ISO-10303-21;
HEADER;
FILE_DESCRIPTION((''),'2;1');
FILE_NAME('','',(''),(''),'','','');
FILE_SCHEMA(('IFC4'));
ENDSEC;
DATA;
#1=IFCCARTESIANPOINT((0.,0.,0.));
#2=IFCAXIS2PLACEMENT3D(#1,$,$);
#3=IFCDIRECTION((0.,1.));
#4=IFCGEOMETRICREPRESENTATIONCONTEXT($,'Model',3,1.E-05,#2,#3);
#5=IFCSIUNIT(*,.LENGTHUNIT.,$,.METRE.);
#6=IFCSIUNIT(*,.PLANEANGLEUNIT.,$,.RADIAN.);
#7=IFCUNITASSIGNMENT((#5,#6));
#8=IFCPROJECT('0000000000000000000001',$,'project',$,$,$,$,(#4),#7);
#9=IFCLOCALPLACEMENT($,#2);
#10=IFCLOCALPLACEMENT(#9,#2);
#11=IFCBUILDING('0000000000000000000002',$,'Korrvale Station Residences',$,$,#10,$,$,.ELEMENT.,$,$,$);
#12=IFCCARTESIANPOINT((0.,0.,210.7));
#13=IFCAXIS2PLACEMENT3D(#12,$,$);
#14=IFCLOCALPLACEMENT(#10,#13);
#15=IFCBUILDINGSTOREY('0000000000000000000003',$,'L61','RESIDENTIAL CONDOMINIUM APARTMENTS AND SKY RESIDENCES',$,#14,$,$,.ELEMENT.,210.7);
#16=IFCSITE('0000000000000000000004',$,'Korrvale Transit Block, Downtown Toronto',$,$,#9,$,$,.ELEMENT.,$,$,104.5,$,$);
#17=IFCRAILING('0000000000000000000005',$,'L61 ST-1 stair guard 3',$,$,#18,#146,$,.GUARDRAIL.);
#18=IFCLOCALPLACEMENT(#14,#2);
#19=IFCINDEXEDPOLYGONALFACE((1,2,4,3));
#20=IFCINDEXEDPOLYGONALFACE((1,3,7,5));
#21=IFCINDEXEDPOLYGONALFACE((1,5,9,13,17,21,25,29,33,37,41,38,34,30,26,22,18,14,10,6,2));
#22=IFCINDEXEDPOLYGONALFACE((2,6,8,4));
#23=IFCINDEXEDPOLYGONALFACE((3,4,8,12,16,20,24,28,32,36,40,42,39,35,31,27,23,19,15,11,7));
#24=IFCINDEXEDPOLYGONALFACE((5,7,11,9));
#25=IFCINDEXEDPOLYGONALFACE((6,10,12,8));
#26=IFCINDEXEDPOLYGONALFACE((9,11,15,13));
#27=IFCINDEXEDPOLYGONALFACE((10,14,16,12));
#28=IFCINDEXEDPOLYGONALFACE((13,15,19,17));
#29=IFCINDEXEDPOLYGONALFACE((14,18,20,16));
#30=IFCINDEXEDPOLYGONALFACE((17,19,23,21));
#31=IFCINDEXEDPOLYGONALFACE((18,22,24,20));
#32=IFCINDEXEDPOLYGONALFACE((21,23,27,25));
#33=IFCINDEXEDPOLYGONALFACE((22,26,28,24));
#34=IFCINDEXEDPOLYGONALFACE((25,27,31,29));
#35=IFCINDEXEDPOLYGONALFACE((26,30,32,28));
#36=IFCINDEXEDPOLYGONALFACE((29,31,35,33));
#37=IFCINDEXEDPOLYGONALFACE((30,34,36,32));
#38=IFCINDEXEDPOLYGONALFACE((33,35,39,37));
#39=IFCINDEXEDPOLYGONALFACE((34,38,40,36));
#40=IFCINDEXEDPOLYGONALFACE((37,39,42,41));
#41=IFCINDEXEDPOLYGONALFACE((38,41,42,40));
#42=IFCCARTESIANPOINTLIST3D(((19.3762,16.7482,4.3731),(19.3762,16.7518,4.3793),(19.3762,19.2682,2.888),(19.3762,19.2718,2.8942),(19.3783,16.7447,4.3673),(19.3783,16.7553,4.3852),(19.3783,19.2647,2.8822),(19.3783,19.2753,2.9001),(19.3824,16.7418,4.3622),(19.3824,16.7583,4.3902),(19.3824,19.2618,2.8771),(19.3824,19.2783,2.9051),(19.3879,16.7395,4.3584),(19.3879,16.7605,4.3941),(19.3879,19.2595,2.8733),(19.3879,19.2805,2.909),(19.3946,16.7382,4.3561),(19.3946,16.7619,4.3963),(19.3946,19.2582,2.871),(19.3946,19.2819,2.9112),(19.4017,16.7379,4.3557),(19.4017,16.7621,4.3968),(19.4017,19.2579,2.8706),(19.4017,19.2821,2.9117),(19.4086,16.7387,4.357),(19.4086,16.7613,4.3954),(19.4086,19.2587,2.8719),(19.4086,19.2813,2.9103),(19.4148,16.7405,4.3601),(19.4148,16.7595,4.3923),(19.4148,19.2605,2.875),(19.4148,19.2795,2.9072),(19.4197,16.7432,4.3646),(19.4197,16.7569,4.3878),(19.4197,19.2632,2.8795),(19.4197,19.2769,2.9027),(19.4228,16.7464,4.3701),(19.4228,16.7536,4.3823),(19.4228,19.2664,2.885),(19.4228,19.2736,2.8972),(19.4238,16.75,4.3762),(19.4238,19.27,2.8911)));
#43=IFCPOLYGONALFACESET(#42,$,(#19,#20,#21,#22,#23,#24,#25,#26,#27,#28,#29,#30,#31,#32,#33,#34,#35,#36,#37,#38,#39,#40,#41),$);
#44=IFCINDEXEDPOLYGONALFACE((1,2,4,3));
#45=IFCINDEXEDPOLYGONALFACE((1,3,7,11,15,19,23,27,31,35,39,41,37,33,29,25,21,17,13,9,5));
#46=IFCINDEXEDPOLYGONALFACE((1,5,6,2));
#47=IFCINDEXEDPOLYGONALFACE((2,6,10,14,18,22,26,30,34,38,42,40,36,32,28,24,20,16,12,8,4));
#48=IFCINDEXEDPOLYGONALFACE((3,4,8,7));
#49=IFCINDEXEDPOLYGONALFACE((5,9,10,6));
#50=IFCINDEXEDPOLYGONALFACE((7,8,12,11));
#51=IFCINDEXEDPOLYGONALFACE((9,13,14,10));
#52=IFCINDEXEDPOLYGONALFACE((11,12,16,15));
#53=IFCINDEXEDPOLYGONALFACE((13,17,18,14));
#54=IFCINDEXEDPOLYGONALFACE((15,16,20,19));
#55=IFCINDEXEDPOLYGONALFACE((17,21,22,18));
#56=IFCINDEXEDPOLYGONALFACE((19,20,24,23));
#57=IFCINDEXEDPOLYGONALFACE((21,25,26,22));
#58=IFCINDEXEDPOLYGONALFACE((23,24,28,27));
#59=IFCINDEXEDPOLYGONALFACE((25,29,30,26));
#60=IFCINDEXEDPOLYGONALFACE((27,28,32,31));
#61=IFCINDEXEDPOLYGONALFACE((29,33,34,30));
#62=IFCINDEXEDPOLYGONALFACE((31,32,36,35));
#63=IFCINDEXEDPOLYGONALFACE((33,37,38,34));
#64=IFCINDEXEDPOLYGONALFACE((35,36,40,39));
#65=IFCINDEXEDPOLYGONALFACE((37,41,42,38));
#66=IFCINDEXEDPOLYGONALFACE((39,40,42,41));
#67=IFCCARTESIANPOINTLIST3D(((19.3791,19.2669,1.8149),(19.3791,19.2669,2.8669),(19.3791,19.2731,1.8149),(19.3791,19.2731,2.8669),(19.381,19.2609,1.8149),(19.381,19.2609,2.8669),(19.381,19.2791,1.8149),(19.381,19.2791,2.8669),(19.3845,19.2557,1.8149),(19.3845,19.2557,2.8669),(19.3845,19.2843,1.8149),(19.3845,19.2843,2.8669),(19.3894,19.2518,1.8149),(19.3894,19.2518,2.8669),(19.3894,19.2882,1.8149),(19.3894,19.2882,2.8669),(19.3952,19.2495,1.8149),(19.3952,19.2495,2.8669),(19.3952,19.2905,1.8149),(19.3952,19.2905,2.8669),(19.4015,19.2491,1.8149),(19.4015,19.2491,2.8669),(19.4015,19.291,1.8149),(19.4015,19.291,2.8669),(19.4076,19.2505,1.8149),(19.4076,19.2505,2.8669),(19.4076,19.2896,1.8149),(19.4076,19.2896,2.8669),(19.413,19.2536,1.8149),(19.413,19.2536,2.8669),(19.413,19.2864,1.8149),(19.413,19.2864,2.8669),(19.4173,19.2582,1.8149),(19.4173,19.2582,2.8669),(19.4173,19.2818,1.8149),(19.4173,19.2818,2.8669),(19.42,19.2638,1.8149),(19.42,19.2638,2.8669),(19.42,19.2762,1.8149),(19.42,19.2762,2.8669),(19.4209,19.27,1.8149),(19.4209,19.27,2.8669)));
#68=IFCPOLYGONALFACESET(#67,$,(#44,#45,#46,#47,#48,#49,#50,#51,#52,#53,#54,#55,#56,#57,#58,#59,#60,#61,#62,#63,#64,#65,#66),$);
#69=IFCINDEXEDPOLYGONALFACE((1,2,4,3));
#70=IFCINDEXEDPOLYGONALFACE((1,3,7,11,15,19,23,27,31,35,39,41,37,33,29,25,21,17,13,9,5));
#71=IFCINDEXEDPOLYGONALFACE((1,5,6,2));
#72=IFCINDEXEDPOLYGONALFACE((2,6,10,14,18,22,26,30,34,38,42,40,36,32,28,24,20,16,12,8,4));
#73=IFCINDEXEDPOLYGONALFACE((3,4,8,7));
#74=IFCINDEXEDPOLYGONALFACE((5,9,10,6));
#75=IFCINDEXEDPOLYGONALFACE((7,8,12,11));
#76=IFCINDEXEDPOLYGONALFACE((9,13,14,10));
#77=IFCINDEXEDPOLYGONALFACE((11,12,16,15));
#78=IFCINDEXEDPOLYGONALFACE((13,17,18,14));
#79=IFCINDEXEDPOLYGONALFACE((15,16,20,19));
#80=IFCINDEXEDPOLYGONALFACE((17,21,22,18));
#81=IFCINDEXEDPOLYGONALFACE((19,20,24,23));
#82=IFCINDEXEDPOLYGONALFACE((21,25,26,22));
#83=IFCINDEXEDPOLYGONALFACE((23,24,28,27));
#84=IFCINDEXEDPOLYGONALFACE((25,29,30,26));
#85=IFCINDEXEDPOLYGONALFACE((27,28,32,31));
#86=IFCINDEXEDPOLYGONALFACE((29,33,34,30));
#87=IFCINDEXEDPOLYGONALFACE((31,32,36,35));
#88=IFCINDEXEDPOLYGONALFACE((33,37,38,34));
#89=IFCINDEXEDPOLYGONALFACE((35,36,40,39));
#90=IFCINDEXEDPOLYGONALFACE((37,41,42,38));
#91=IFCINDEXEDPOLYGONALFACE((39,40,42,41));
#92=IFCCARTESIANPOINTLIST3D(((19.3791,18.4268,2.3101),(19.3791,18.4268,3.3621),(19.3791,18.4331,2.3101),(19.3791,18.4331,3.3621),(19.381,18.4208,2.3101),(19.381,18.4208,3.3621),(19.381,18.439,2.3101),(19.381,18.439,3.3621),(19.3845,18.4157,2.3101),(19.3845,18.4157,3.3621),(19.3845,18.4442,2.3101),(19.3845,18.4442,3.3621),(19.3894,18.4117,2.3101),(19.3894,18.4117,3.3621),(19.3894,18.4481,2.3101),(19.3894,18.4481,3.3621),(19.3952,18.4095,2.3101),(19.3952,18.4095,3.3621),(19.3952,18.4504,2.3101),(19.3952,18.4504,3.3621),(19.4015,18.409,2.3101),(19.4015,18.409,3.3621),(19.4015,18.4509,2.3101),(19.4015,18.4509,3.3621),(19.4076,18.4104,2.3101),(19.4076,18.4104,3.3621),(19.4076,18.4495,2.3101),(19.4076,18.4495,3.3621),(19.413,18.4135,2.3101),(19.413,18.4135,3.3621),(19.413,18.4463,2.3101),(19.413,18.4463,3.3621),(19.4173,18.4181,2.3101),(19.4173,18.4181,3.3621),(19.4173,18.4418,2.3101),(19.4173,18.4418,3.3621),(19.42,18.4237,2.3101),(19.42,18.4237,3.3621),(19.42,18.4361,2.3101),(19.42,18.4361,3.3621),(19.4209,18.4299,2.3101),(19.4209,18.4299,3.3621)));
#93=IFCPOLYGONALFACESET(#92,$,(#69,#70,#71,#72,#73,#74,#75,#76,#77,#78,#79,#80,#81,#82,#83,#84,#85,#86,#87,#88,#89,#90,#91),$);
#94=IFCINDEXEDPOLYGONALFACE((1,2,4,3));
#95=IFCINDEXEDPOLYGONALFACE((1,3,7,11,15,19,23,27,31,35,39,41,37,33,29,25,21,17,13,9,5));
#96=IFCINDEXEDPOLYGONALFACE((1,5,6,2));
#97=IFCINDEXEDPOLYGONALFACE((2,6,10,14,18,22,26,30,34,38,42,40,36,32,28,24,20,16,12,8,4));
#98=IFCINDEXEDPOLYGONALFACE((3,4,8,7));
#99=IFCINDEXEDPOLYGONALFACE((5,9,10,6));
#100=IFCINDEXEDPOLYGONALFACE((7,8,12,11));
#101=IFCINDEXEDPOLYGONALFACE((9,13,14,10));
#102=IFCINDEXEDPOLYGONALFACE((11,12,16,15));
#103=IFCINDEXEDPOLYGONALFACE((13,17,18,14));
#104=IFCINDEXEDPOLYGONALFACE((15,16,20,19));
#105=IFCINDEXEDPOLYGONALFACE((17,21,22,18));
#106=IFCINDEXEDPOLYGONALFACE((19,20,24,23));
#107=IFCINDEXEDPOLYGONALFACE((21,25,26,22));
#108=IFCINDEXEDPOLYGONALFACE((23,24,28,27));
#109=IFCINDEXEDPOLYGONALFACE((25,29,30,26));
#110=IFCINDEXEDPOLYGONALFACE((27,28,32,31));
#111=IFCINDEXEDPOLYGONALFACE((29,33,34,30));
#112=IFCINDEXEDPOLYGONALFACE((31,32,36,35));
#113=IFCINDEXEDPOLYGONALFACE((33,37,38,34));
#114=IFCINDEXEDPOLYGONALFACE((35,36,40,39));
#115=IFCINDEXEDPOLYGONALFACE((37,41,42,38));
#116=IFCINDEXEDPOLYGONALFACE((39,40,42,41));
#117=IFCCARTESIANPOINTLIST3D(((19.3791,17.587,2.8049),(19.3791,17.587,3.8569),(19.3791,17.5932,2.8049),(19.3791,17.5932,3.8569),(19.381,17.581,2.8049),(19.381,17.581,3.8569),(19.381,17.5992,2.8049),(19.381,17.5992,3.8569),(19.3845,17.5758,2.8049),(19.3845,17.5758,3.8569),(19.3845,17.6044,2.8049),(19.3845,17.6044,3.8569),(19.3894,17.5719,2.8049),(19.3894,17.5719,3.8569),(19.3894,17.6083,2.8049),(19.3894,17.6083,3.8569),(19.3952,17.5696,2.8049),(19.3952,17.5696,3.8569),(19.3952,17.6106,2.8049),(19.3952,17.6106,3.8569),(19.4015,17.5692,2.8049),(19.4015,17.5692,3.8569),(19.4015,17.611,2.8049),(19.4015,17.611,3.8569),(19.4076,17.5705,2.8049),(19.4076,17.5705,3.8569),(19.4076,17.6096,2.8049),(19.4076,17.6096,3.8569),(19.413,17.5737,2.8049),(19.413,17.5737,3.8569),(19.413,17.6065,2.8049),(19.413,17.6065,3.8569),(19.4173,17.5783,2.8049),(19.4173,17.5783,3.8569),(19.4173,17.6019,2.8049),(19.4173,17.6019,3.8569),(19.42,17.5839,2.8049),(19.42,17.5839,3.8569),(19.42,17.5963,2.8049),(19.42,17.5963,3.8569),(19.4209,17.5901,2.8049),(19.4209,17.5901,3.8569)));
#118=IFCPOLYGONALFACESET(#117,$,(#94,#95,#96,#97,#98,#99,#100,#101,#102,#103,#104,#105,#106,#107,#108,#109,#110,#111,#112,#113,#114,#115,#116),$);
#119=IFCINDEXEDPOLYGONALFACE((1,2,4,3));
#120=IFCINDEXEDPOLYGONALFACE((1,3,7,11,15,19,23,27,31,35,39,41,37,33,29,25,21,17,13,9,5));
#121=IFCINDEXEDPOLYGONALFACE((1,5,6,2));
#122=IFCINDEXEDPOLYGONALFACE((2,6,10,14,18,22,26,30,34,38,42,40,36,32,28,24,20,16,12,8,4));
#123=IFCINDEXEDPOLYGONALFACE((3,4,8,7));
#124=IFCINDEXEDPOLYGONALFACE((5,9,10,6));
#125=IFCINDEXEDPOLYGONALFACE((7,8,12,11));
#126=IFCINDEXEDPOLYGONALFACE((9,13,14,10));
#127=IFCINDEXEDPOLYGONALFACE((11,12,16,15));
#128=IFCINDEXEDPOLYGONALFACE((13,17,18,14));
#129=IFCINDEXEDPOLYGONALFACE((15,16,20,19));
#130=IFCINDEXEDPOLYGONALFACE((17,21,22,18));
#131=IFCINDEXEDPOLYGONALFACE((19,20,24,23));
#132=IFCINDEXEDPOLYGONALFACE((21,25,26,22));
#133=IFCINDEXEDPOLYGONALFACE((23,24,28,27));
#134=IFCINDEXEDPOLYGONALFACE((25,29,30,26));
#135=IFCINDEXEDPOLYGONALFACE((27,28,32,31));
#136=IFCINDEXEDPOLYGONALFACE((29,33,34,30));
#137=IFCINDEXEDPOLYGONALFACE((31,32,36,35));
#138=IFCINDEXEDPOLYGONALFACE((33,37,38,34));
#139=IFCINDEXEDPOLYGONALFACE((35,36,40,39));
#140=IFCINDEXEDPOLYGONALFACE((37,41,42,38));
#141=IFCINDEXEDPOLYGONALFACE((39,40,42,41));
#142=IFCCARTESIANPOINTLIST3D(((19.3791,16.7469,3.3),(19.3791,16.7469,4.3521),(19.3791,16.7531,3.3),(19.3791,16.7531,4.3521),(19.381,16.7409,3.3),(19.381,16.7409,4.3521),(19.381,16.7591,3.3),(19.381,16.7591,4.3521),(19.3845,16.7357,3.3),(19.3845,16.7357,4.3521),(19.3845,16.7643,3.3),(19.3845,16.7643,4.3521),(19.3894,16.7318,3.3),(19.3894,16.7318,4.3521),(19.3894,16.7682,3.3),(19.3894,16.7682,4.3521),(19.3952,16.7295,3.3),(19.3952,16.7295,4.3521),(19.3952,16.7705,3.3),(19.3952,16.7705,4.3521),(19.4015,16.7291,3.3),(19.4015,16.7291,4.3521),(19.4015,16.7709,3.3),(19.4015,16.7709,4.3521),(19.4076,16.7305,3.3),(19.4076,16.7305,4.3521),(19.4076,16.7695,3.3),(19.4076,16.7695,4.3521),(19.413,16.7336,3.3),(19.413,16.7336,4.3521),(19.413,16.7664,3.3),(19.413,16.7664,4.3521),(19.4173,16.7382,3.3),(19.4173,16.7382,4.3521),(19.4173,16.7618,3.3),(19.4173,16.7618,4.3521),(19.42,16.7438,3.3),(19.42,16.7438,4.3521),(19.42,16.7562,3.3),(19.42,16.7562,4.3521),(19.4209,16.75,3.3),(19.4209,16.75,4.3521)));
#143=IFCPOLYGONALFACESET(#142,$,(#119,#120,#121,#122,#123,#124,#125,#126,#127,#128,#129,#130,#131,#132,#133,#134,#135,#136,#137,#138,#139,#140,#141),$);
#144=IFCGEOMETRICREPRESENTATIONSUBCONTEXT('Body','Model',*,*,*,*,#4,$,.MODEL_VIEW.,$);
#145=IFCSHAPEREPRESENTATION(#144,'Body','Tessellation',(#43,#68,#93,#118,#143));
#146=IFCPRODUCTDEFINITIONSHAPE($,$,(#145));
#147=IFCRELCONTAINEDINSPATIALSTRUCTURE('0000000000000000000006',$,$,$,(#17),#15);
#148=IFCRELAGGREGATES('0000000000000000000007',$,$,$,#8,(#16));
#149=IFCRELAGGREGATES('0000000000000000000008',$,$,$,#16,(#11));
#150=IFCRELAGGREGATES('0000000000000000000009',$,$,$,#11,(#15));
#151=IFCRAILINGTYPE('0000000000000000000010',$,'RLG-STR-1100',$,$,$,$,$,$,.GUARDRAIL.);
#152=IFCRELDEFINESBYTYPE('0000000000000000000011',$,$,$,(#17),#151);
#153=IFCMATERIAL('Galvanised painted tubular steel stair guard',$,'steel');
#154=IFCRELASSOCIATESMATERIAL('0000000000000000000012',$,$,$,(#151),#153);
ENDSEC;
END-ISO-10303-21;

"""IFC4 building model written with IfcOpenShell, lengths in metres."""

from ifc_helpers import new_model, si_unit, direction, frame, origin, origin_2d, place, context, subcontext, project, spatial, circle, extrude, material, type_object, element, save


model = new_model("IFC4")

# Units and contexts
model_context = context("Model", 3, precision=1e-05, world=origin(), true_north=direction((0.0, 1.0)))
body_context = subcontext(model_context, "Body", "Model", "MODEL_VIEW")
ifc_project = project(units=[si_unit("LENGTHUNIT", "METRE"), si_unit("PLANEANGLEUNIT", "RADIAN")], contexts=[model_context])

# Site, building, storey
site_placement = place(None, origin())
site = spatial("IfcSite", under=ifc_project, at=site_placement, Name="Korrvale Transit Block, Downtown Toronto", CompositionType="ELEMENT", RefElevation=104.5)
building_placement = place(site_placement, origin())
building = spatial("IfcBuilding", under=site, at=building_placement, Name="Korrvale Station Residences", CompositionType="ELEMENT")
storey_placement = place(building_placement, frame((0.0, 0.0, 210.7)))
storey = spatial("IfcBuildingStorey", under=building, at=storey_placement, Name="L61", Description="RESIDENTIAL CONDOMINIUM APARTMENTS AND SKY RESIDENCES", CompositionType="ELEMENT", Elevation=210.7)

# Railing
ifc_material_1 = material(Name="Galvanised painted tubular steel stair guard", Category="steel")
railing_type_1 = type_object("IfcRailingType", Name="RLG-STR-1100", PredefinedType="GUARDRAIL", material=ifc_material_1)
railing_1_placement = place(storey_placement, frame((19.3999, 19.27, 1.8149)))
element("IfcRailing", 1, at=railing_1_placement, inside=storey, type_object=railing_type_1, Name="L61 ST-1 stair guard 3", PredefinedType="GUARDRAIL", context=body_context, shape_type="SweptSolid", body=[
    extrude(circle(Radius=0.0239, at=origin_2d()), frame((0.0, 0.0, 1.0762), z_axis=(0.0, -0.861524, 0.507717), x_axis=(1.0, 0.0, 0.0)), (0.0, 0.0, 1.0), 2.925),
    extrude(circle(Radius=0.021, at=origin_2d()), origin(), (0.0, 0.0, 1.0), 1.052),
    extrude(circle(Radius=0.021, at=origin_2d()), frame((0.0, -0.8401, 0.4951)), (0.0, 0.0, 1.0), 1.052),
    extrude(circle(Radius=0.021, at=origin_2d()), frame((0.0, -1.6799, 0.99)), (0.0, 0.0, 1.0), 1.052),
    extrude(circle(Radius=0.021, at=origin_2d()), frame((0.0, -2.52, 1.4851)), (0.0, 0.0, 1.0), 1.052),
])

save(model, "model.ifc")
